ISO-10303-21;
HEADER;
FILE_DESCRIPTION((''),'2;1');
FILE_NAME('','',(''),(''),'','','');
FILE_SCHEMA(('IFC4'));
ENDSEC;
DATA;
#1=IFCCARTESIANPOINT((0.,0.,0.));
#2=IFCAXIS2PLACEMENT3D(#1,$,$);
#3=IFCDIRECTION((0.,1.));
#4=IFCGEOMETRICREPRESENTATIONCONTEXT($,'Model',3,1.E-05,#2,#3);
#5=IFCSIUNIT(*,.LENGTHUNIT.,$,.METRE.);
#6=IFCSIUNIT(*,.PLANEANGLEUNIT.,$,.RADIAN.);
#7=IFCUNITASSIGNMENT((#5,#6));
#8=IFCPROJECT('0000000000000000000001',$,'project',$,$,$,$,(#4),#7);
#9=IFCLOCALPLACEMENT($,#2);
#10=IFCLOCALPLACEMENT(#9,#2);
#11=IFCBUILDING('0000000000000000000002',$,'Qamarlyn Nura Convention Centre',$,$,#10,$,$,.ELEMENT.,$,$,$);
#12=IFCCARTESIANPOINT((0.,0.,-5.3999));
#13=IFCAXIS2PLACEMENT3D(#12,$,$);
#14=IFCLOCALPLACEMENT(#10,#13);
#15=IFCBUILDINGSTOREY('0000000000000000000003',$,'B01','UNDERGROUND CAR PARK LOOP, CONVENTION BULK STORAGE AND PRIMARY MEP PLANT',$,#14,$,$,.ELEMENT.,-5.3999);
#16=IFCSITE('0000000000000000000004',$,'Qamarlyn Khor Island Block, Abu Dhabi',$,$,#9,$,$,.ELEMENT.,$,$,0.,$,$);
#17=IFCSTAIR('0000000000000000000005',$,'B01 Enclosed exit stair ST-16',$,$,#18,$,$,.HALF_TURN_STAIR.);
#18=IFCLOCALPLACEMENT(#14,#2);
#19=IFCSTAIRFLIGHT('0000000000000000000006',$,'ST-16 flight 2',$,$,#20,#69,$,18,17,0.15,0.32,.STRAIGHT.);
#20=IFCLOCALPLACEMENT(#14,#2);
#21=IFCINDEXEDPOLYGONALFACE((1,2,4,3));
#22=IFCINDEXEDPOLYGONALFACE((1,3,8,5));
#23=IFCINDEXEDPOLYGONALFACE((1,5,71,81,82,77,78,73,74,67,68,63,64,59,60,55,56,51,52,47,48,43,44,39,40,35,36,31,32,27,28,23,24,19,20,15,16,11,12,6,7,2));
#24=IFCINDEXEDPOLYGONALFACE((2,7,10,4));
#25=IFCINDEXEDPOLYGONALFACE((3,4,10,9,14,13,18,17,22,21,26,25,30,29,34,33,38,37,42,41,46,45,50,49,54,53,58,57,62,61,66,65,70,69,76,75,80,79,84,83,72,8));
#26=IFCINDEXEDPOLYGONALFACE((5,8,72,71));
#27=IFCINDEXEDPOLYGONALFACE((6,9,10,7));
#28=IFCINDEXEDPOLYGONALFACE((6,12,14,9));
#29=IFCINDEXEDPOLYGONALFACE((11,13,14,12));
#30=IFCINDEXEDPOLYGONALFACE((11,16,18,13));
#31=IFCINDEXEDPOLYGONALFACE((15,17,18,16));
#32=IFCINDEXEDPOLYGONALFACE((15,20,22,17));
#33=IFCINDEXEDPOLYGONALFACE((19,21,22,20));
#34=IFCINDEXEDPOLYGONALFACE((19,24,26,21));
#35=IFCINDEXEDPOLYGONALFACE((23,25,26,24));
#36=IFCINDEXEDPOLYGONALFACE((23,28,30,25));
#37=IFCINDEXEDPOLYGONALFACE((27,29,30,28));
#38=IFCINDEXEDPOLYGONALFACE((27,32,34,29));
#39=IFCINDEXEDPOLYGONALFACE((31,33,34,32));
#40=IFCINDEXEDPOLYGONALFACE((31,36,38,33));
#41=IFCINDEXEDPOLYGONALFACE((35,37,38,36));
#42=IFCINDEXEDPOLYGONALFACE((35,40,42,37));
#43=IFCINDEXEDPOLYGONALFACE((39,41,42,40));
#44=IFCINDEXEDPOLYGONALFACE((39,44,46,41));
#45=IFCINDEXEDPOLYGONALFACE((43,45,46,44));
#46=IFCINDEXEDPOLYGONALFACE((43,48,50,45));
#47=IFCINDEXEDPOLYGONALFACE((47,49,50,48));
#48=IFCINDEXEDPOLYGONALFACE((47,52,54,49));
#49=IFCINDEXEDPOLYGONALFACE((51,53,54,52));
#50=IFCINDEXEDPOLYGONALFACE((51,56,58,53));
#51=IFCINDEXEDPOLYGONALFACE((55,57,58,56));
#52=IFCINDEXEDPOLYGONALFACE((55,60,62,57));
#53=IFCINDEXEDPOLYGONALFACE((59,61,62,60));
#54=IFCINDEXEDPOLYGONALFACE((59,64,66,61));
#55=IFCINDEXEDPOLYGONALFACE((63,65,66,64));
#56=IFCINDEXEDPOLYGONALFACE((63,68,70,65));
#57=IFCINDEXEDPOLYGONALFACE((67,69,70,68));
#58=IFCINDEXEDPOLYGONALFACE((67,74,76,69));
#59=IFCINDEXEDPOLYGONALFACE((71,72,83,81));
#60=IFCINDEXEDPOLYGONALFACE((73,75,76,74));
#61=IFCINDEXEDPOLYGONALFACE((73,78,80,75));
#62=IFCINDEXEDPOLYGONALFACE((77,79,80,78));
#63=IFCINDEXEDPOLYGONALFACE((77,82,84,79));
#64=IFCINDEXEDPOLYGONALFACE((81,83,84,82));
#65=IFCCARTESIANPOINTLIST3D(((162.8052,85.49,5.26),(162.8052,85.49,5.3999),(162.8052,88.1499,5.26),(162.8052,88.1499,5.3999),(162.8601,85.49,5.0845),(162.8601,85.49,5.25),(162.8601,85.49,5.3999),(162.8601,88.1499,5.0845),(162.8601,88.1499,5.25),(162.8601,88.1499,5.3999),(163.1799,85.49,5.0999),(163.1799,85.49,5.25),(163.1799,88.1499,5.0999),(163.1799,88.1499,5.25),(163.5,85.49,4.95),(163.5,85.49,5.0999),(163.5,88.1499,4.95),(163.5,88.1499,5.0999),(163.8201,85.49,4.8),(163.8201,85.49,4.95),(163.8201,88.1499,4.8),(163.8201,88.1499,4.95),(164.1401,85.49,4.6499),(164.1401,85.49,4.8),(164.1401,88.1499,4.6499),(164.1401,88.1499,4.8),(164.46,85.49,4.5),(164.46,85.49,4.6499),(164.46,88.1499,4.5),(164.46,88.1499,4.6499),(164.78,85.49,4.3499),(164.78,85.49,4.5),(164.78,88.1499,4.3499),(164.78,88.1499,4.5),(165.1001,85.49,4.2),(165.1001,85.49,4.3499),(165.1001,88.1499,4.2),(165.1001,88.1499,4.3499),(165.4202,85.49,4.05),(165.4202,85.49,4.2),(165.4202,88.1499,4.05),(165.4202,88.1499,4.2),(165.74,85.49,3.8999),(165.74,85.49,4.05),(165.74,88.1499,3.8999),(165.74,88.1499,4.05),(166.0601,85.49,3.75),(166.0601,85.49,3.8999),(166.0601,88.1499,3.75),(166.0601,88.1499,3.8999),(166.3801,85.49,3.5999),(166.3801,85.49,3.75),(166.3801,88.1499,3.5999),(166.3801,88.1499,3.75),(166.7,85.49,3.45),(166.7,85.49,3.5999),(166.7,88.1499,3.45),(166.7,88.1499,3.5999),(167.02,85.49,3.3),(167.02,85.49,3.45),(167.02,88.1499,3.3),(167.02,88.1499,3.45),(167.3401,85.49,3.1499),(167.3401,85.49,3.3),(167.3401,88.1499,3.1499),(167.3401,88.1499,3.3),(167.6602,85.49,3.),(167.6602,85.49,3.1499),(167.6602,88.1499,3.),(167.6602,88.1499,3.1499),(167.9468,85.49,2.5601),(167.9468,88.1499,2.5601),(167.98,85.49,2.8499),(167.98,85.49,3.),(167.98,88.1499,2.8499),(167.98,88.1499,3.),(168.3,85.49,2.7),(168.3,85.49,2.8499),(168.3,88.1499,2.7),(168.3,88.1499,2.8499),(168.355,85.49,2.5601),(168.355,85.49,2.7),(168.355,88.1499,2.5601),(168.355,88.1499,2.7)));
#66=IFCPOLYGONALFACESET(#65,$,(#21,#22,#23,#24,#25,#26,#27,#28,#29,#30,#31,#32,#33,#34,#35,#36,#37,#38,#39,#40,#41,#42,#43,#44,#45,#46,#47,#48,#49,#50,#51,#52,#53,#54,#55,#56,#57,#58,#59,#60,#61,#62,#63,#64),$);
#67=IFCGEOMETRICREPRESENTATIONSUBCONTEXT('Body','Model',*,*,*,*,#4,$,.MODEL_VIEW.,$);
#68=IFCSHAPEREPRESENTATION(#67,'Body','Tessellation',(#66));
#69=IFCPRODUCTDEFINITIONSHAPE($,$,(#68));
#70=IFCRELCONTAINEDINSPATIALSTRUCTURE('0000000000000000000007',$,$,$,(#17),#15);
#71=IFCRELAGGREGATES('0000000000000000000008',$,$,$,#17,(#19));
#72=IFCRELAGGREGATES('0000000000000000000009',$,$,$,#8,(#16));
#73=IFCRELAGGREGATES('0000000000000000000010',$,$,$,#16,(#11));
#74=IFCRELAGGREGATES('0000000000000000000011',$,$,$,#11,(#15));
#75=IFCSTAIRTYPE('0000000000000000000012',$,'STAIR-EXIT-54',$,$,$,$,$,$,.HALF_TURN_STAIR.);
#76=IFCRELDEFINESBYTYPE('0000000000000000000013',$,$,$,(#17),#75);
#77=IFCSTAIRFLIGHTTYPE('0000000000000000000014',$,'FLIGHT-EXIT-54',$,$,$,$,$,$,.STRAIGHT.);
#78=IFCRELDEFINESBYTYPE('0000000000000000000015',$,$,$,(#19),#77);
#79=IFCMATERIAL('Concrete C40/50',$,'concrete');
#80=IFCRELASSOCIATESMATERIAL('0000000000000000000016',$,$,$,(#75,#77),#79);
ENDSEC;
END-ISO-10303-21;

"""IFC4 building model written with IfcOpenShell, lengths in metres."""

from ifc_helpers import new_model, si_unit, direction, frame, origin, place, context, subcontext, project, spatial, polyline, outline, extrude, material, type_object, element, aggregate, save


model = new_model("IFC4")

# Units and contexts
model_context = context("Model", 3, precision=1e-05, world=origin(), true_north=direction((0.0, 1.0)))
body_context = subcontext(model_context, "Body", "Model", "MODEL_VIEW")
ifc_project = project(units=[si_unit("LENGTHUNIT", "METRE"), si_unit("PLANEANGLEUNIT", "RADIAN")], contexts=[model_context])

# Site, building, storey
site_placement = place(None, origin())
site = spatial("IfcSite", under=ifc_project, at=site_placement, Name="Qamarlyn Khor Island Block, Abu Dhabi", CompositionType="ELEMENT", RefElevation=0.0)
building_placement = place(site_placement, origin())
building = spatial("IfcBuilding", under=site, at=building_placement, Name="Qamarlyn Nura Convention Centre", CompositionType="ELEMENT")
storey_placement = place(building_placement, frame((0.0, 0.0, -5.3999)))
storey = spatial("IfcBuildingStorey", under=building, at=storey_placement, Name="B01", Description="UNDERGROUND CAR PARK LOOP, CONVENTION BULK STORAGE AND PRIMARY MEP PLANT", CompositionType="ELEMENT", Elevation=-5.3999)

# Shared definitions
ifc_material_1 = material(Name="Concrete C40/50", Category="concrete")

# Stair, stair flight
stair_type = type_object("IfcStairType", Name="STAIR-EXIT-54", PredefinedType="HALF_TURN_STAIR", material=ifc_material_1)
stair_placement = place(storey_placement, origin())
stair = element("IfcStair", 1, at=stair_placement, inside=storey, type_object=stair_type, Name="B01 Enclosed exit stair ST-16", PredefinedType="HALF_TURN_STAIR")
stair_flight_type = type_object("IfcStairFlightType", Name="FLIGHT-EXIT-54", PredefinedType="STRAIGHT", material=ifc_material_1)
stair_flight_1_placement = place(storey_placement, frame((168.3, 86.8201, 2.7), z_axis=(0.0, 0.0, 1.0), x_axis=(-1.0, 0.0, 0.0)))
stair_flight_1 = element("IfcStairFlight", 2, at=stair_flight_1_placement, type_object=stair_flight_type, Name="ST-16 flight 2", NumberOfRisers=18, NumberOfTreads=17, PredefinedType="STRAIGHT", RiserHeight=0.15, TreadLength=0.32, context=body_context, shape_type="SweptSolid", body=[
    extrude(outline(polyline([(-0.0549, 0.0), (0.0, 0.0), (0.0, 0.1499), (0.3201, 0.1499), (0.3201, 0.3), (0.6399, 0.3), (0.6399, 0.45), (0.96, 0.45), (0.96, 0.6001), (1.28, 0.6001), (1.28, 0.75), (1.6001, 0.75), (1.6001, 0.8999), (1.9199, 0.8999), (1.9199, 1.05), (2.24, 1.05), (2.24, 1.2), (2.5601, 1.2), (2.5601, 1.3501), (2.8799, 1.3501), (2.8799, 1.5), (3.2, 1.5), (3.2, 1.6499), (3.52, 1.6499), (3.52, 1.8), (3.8401, 1.8), (3.8401, 1.95), (4.1599, 1.95), (4.1599, 2.1001), (4.48, 2.1001), (4.48, 2.25), (4.8, 2.25), (4.8, 2.3999), (5.1201, 2.3999), (5.1201, 2.55), (5.4399, 2.55), (5.4399, 2.7), (5.4949, 2.7), (5.4949, 2.5601), (5.4399, 2.3845), (0.3533, -0.1399), (-0.0549, -0.1399), (-0.0549, 0.0)])), frame((0.0, 1.3301, 0.0), z_axis=(0.0, -1.0, 0.0), x_axis=(1.0, 0.0, 0.0)), (0.0, 0.0, 1.0), 2.6599),
])
aggregate(stair, [stair_flight_1])

save(model, "model.ifc")
